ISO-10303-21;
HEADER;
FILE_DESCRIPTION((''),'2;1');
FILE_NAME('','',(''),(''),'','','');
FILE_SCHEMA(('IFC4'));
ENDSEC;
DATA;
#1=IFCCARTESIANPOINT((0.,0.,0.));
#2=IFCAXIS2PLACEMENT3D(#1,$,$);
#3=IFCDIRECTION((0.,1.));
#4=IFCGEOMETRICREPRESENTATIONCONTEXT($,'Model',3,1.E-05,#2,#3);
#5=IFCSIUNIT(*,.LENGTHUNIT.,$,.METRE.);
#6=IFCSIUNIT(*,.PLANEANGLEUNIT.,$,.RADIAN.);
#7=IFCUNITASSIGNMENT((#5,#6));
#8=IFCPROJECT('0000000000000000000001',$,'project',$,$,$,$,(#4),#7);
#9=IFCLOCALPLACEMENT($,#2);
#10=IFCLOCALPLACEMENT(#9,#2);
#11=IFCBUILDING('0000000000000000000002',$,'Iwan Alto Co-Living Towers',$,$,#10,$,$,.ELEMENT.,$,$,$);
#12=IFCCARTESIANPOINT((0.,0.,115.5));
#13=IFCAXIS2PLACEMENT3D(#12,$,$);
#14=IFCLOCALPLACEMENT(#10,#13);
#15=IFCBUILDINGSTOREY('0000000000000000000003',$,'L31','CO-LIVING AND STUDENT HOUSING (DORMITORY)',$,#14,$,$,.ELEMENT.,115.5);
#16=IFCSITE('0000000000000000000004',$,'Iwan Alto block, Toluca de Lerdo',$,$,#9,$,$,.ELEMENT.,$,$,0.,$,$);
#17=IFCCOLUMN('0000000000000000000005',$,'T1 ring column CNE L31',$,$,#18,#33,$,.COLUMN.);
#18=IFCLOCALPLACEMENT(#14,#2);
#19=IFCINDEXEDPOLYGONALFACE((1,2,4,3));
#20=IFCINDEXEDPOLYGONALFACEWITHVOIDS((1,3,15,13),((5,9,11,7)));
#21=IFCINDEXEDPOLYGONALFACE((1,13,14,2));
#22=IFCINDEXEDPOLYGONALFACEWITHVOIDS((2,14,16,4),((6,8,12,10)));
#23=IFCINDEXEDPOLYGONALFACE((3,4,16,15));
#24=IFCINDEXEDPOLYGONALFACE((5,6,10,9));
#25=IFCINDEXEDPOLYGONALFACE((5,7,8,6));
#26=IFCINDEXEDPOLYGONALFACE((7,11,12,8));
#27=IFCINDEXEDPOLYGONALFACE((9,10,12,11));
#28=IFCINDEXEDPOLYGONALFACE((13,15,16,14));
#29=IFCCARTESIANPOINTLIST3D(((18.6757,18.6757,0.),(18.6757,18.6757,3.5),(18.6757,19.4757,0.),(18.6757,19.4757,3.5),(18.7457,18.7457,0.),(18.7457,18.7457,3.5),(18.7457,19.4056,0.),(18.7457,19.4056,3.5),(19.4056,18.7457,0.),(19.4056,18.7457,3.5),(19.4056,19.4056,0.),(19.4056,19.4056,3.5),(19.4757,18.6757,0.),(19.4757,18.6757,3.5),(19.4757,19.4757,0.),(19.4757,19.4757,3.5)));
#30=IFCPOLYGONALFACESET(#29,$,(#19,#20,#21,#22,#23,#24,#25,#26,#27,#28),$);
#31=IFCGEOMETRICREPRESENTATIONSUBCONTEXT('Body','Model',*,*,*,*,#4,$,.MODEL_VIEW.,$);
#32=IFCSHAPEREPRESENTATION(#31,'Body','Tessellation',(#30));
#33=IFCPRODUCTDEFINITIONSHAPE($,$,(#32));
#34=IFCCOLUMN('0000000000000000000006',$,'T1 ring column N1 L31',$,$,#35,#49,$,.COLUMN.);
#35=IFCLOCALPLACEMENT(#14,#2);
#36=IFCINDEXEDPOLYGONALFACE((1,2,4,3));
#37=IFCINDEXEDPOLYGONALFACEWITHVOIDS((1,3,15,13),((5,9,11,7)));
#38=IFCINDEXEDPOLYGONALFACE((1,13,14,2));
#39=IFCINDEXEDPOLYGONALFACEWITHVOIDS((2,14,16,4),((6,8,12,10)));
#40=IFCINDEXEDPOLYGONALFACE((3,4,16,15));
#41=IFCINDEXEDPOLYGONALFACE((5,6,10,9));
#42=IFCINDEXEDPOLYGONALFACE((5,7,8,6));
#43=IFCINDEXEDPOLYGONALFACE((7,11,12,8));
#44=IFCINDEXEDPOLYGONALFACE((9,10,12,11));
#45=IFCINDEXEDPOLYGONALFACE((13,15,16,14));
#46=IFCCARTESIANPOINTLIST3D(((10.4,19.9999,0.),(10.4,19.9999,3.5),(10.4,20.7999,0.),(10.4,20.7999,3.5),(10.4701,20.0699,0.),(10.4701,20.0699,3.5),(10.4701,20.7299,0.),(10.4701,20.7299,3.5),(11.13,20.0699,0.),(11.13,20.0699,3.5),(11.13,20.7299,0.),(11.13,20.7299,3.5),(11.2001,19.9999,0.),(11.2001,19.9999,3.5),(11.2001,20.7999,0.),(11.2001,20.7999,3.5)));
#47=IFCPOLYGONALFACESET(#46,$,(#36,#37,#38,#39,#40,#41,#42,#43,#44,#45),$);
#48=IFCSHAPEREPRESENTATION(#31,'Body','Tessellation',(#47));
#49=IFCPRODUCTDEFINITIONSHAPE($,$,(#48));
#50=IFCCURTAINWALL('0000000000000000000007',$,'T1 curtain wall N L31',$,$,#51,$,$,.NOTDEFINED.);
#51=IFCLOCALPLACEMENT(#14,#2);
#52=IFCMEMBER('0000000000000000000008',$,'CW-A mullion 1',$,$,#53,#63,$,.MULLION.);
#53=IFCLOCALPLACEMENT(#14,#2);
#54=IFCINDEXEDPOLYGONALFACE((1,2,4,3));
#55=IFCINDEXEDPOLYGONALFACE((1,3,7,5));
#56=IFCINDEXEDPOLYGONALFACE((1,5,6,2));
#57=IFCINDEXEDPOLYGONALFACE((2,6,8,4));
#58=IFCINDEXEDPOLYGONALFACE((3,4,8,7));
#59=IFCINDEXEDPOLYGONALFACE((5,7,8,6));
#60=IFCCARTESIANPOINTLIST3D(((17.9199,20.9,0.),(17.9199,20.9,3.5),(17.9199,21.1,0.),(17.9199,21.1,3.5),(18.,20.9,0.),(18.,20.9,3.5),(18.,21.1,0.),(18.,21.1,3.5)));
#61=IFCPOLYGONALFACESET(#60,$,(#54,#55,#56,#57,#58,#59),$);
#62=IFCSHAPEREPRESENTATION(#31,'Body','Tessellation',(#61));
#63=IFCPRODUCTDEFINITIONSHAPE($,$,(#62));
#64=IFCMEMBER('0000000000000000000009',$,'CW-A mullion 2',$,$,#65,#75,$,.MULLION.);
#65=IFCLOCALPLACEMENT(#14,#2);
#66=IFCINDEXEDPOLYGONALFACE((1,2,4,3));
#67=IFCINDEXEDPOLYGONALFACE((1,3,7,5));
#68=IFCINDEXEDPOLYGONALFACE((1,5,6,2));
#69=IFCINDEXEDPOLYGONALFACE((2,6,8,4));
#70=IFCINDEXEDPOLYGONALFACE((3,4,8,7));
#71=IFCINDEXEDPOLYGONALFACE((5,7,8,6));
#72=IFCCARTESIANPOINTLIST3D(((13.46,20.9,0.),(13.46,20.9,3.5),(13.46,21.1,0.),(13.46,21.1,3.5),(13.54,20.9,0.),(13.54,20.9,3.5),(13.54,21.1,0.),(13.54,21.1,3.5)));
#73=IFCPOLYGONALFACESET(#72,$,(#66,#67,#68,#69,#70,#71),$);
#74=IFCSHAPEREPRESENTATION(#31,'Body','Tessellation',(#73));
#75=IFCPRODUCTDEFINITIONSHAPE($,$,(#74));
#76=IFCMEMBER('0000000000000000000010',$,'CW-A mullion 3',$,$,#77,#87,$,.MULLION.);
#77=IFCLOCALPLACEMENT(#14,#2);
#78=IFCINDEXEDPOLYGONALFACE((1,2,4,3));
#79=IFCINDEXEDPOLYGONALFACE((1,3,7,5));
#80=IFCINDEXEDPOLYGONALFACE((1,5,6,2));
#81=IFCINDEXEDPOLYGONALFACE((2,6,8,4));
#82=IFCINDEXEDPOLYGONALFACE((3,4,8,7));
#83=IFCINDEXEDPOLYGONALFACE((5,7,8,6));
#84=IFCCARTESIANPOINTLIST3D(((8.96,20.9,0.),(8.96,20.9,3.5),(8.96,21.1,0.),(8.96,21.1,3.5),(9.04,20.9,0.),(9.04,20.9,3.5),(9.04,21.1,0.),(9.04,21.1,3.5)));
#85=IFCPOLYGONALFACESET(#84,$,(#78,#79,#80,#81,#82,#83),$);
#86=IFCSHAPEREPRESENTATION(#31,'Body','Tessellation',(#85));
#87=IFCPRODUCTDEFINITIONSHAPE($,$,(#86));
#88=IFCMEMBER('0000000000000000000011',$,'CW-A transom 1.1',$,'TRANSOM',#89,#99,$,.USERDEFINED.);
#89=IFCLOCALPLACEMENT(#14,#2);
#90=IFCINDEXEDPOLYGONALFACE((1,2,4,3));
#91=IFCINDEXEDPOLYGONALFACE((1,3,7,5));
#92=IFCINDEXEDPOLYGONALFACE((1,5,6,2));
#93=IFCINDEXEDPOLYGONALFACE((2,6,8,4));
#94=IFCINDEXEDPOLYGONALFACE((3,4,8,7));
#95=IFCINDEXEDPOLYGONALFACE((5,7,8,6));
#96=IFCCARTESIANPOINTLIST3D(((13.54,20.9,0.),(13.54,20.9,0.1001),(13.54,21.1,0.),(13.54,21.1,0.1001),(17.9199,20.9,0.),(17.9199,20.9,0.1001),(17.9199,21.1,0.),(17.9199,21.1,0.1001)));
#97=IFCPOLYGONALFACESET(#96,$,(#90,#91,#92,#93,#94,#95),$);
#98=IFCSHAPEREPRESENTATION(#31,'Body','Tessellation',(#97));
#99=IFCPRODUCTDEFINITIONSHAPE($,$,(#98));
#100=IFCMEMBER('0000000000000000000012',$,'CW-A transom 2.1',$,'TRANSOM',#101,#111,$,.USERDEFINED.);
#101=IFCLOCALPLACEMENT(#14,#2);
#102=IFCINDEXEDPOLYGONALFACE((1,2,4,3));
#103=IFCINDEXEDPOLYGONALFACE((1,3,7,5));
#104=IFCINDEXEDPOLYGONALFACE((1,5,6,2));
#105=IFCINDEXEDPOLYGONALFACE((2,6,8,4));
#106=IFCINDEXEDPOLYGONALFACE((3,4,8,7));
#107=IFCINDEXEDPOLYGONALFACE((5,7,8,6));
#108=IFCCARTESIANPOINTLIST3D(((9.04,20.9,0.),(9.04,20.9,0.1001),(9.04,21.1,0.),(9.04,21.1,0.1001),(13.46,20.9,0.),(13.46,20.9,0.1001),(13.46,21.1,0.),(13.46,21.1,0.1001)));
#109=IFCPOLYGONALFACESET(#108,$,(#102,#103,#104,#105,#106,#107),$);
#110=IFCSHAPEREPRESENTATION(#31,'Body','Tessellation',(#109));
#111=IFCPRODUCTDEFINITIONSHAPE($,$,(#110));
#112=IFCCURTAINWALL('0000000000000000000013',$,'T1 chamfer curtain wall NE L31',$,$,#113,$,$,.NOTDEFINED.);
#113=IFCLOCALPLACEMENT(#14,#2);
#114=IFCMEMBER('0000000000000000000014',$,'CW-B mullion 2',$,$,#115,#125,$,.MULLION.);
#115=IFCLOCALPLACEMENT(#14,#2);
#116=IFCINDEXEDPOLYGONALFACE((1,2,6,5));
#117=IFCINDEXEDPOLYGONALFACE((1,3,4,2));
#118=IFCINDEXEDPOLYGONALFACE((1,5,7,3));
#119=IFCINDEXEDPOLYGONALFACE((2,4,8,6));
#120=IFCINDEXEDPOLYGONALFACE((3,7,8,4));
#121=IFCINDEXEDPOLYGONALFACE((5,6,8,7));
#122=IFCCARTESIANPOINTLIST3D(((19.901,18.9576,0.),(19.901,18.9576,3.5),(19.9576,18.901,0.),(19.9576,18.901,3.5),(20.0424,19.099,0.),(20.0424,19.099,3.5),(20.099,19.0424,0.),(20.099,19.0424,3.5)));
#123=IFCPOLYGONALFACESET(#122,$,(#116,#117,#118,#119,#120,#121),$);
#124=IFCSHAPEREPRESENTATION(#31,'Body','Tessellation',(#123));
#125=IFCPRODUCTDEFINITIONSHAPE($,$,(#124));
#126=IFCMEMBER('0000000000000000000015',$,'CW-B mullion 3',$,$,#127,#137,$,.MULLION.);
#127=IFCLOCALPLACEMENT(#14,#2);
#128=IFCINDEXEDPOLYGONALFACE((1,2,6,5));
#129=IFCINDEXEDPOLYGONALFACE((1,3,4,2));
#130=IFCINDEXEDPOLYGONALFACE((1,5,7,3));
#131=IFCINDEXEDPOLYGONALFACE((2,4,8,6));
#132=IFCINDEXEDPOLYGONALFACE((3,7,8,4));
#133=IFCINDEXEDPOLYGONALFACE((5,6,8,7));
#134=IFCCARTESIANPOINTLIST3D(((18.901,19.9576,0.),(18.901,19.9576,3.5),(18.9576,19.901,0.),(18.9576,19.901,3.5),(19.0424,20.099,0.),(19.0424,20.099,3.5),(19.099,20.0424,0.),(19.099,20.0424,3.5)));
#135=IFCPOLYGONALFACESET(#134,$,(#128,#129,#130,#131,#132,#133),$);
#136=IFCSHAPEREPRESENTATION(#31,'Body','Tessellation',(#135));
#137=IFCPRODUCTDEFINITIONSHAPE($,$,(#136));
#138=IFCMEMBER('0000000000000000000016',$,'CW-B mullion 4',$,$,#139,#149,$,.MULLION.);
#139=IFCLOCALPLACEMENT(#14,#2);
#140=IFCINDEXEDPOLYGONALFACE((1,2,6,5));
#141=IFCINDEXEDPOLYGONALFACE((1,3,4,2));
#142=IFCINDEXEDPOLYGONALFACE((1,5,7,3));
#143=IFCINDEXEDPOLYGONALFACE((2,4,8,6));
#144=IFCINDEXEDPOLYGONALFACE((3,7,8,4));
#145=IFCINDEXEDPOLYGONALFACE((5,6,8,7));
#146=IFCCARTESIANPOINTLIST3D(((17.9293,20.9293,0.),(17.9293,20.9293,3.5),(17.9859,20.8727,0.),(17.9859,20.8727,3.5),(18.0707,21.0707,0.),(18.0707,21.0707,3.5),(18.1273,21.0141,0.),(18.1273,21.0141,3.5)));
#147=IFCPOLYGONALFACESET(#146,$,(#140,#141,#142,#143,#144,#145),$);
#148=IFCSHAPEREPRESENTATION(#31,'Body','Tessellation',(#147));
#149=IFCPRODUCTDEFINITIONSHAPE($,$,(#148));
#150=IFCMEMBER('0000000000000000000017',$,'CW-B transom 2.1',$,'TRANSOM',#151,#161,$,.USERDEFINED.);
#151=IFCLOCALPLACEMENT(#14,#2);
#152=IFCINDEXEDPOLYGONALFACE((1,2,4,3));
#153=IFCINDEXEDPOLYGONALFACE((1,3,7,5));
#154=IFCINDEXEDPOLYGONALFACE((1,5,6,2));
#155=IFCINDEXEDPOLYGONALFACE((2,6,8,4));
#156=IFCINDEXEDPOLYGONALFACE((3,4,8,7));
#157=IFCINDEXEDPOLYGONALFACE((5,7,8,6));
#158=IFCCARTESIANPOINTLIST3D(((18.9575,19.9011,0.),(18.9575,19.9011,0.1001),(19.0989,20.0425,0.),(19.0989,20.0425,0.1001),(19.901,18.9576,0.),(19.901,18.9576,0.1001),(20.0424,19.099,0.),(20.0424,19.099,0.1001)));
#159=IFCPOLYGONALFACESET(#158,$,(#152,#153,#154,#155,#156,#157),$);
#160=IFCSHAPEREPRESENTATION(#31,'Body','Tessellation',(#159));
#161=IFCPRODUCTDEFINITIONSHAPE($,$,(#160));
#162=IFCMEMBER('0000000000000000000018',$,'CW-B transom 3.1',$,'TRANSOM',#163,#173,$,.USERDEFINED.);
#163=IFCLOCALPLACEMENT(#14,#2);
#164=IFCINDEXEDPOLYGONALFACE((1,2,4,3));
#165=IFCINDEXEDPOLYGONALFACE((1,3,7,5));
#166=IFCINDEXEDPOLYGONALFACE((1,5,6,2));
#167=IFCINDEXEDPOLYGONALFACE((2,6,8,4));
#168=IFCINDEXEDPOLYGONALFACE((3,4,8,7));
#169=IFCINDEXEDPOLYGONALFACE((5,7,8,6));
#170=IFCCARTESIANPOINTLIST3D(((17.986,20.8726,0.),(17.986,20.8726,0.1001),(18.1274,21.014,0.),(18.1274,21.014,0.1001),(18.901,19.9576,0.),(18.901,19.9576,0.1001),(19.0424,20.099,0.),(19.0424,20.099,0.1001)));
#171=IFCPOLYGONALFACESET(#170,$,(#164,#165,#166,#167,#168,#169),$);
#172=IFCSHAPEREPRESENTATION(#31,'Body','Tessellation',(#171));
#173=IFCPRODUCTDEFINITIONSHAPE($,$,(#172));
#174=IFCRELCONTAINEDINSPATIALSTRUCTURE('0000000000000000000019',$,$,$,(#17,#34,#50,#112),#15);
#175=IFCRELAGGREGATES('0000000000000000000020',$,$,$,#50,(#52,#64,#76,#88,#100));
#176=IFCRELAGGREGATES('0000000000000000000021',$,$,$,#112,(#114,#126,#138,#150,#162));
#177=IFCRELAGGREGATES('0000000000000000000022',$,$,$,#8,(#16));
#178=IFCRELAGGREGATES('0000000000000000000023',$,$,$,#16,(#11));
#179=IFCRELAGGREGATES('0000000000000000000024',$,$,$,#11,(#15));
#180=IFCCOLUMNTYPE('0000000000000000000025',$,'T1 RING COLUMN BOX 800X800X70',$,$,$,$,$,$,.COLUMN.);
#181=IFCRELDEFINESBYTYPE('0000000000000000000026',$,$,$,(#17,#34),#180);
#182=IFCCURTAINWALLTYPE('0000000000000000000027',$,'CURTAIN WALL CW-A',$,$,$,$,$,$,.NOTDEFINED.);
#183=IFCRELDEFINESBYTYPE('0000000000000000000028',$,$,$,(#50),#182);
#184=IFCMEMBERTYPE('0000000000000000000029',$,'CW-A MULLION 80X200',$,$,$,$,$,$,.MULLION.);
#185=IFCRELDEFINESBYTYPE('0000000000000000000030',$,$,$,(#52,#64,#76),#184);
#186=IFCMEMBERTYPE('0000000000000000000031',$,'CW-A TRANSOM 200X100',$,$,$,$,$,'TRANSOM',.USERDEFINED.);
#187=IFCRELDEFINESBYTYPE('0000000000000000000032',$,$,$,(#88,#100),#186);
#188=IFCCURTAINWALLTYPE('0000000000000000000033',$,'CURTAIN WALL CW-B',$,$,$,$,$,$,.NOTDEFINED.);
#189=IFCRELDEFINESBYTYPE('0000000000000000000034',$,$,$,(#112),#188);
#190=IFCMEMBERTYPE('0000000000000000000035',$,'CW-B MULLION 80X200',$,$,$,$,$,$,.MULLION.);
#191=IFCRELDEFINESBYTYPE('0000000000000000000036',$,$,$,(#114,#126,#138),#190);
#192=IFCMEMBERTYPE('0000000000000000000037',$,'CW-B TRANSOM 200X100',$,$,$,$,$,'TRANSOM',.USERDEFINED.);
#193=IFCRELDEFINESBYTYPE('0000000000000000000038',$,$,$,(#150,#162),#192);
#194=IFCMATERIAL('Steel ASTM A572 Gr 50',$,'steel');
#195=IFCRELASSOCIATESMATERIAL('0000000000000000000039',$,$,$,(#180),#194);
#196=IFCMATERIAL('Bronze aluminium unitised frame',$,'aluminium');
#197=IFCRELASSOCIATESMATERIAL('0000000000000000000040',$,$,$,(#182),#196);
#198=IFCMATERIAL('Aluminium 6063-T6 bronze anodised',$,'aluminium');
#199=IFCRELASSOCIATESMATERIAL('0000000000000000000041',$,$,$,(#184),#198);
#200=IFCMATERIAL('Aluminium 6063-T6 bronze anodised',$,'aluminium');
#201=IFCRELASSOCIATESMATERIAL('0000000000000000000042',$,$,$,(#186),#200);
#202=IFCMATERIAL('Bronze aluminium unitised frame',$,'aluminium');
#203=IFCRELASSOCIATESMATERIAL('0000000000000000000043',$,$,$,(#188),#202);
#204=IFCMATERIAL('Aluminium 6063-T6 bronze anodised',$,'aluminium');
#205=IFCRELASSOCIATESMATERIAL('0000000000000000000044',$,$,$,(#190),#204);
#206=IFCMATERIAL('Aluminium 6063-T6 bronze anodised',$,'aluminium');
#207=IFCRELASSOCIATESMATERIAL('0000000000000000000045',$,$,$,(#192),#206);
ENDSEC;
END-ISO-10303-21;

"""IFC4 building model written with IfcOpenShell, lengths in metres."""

from ifc_helpers import new_model, si_unit, direction, frame, origin, origin_2d, place, context, subcontext, project, spatial, rectangle, hollow_rectangle, extrude, material, material_profile, profile_set, type_object, element, aggregate, save


model = new_model("IFC4")

# Units and contexts
model_context = context("Model", 3, precision=1e-05, world=origin(), true_north=direction((0.0, 1.0)))
body_context = subcontext(model_context, "Body", "Model", "MODEL_VIEW")
ifc_project = project(units=[si_unit("LENGTHUNIT", "METRE"), si_unit("PLANEANGLEUNIT", "RADIAN")], contexts=[model_context])

# Site, building, storey
site_placement = place(None, origin())
site = spatial("IfcSite", under=ifc_project, at=site_placement, Name="Iwan Alto block, Toluca de Lerdo", CompositionType="ELEMENT", RefElevation=0.0)
building_placement = place(site_placement, origin())
building = spatial("IfcBuilding", under=site, at=building_placement, Name="Iwan Alto Co-Living Towers", CompositionType="ELEMENT")
storey_placement = place(building_placement, frame((0.0, 0.0, 115.5)))
storey = spatial("IfcBuildingStorey", under=building, at=storey_placement, Name="L31", Description="CO-LIVING AND STUDENT HOUSING (DORMITORY)", CompositionType="ELEMENT", Elevation=115.5)

# Columns
ifc_material_1 = material(Name="Steel ASTM A572 Gr 50", Category="steel")
ifc_material_profile_1 = material_profile(ifc_material_1, hollow_rectangle(XDim=0.8, YDim=0.8, WallThickness=0.0701, at=origin_2d()), Name="BOX 800X800X70")
ifc_profile_set_1 = profile_set([ifc_material_profile_1], Name="Steel ASTM A572 Gr 50")
column_type = type_object("IfcColumnType", Name="T1 RING COLUMN BOX 800X800X70", PredefinedType="COLUMN", material=ifc_profile_set_1)
for number, where, z_axis, x_axis, name in (
    (1, (19.0757, 19.0757, 0.0), (0.0, 0.0, 1.0), (1.0, 0.0, 0.0), "T1 ring column CNE L31"),
    (2, (10.8, 20.3999, 0.0), (0.0, 0.0, 1.0), (1.0, 0.0, 0.0), "T1 ring column N1 L31"),
):
    element("IfcColumn", number, at=place(storey_placement, frame(where, z_axis=z_axis, x_axis=x_axis)), inside=storey, type_object=column_type, Name=name, PredefinedType="COLUMN", context=body_context, shape_type="SweptSolid", body=[
        extrude(hollow_rectangle(XDim=0.8, YDim=0.8, WallThickness=0.0701, at=origin_2d()), origin(), (0.0, 0.0, 1.0), 3.5),
    ])

# Curtain walls, members
ifc_material_2 = material(Name="Bronze aluminium unitised frame", Category="aluminium")
curtain_wall_type_1 = type_object("IfcCurtainWallType", Name="CURTAIN WALL CW-A", PredefinedType="NOTDEFINED", material=ifc_material_2)
curtain_wall_1_placement = place(storey_placement, origin())
curtain_wall_1 = element("IfcCurtainWall", 3, at=curtain_wall_1_placement, inside=storey, type_object=curtain_wall_type_1, Name="T1 curtain wall N L31", PredefinedType="NOTDEFINED")
ifc_material_3 = material(Name="Aluminium 6063-T6 bronze anodised", Category="aluminium")
ifc_material_profile_2 = material_profile(ifc_material_3, rectangle(XDim=0.2, YDim=0.0801, at=origin_2d()), Name="AL 80X200")
ifc_profile_set_2 = profile_set([ifc_material_profile_2], Name="Aluminium 6063-T6 bronze anodised")
member_type_1 = type_object("IfcMemberType", Name="CW-A MULLION 80X200", PredefinedType="MULLION", material=ifc_profile_set_2)
member_1_placement = place(storey_placement, frame((17.96, 21.0, 0.0), z_axis=(0.0, 0.0, 1.0), x_axis=(0.0, -1.0, 0.0)))
member_1 = element("IfcMember", 4, at=member_1_placement, type_object=member_type_1, Name="CW-A mullion 1", PredefinedType="MULLION", context=body_context, shape_type="SweptSolid", body=[
    extrude(rectangle(XDim=0.2, YDim=0.0801, at=origin_2d()), origin(), (0.0, 0.0, 1.0), 3.5),
])
member_2_placement = place(storey_placement, frame((13.5, 21.0, 0.0), z_axis=(0.0, 0.0, 1.0), x_axis=(0.0, -1.0, 0.0)))
member_2 = element("IfcMember", 5, at=member_2_placement, type_object=member_type_1, Name="CW-A mullion 2", PredefinedType="MULLION", context=body_context, shape_type="SweptSolid", body=[
    extrude(rectangle(XDim=0.2, YDim=0.0801, at=origin_2d()), origin(), (0.0, 0.0, 1.0), 3.5),
])
member_3_placement = place(storey_placement, frame((9.0, 21.0, 0.0), z_axis=(0.0, 0.0, 1.0), x_axis=(0.0, -1.0, 0.0)))
member_3 = element("IfcMember", 6, at=member_3_placement, type_object=member_type_1, Name="CW-A mullion 3", PredefinedType="MULLION", context=body_context, shape_type="SweptSolid", body=[
    extrude(rectangle(XDim=0.2, YDim=0.0801, at=origin_2d()), origin(), (0.0, 0.0, 1.0), 3.5),
])
ifc_material_4 = material(Name="Aluminium 6063-T6 bronze anodised", Category="aluminium")
ifc_material_profile_3 = material_profile(ifc_material_4, rectangle(XDim=0.2, YDim=0.1001, at=origin_2d()), Name="AL 200X100")
ifc_profile_set_3 = profile_set([ifc_material_profile_3], Name="Aluminium 6063-T6 bronze anodised")
member_type_2 = type_object("IfcMemberType", Name="CW-A TRANSOM 200X100", ElementType="TRANSOM", PredefinedType="USERDEFINED", material=ifc_profile_set_3)
member_4_placement = place(storey_placement, frame((17.9199, 21.0, 0.05), z_axis=(-1.0, 0.0, 0.0), x_axis=(0.0, -1.0, 0.0)))
member_4 = element("IfcMember", 7, at=member_4_placement, type_object=member_type_2, Name="CW-A transom 1.1", ObjectType="TRANSOM", PredefinedType="USERDEFINED", context=body_context, shape_type="SweptSolid", body=[
    extrude(rectangle(XDim=0.2, YDim=0.1001, at=origin_2d()), origin(), (0.0, 0.0, 1.0), 4.3799),
])
member_5_placement = place(storey_placement, frame((13.46, 21.0, 0.05), z_axis=(-1.0, 0.0, 0.0), x_axis=(0.0, -1.0, 0.0)))
member_5 = element("IfcMember", 8, at=member_5_placement, type_object=member_type_2, Name="CW-A transom 2.1", ObjectType="TRANSOM", PredefinedType="USERDEFINED", context=body_context, shape_type="SweptSolid", body=[
    extrude(rectangle(XDim=0.2, YDim=0.1001, at=origin_2d()), origin(), (0.0, 0.0, 1.0), 4.4199),
])
ifc_material_5 = material(Name="Bronze aluminium unitised frame", Category="aluminium")
curtain_wall_type_2 = type_object("IfcCurtainWallType", Name="CURTAIN WALL CW-B", PredefinedType="NOTDEFINED", material=ifc_material_5)
curtain_wall_2_placement = place(storey_placement, origin())
curtain_wall_2 = element("IfcCurtainWall", 9, at=curtain_wall_2_placement, inside=storey, type_object=curtain_wall_type_2, Name="T1 chamfer curtain wall NE L31", PredefinedType="NOTDEFINED")
ifc_material_6 = material(Name="Aluminium 6063-T6 bronze anodised", Category="aluminium")
ifc_material_profile_4 = material_profile(ifc_material_6, rectangle(XDim=0.2, YDim=0.0801, at=origin_2d()), Name="AL 80X200")
ifc_profile_set_4 = profile_set([ifc_material_profile_4], Name="Aluminium 6063-T6 bronze anodised")
member_type_3 = type_object("IfcMemberType", Name="CW-B MULLION 80X200", PredefinedType="MULLION", material=ifc_profile_set_4)
member_6_placement = place(storey_placement, frame((20.0, 19.0, 0.0), z_axis=(0.0, 0.0, 1.0), x_axis=(-0.707107, -0.707107, 0.0)))
member_6 = element("IfcMember", 10, at=member_6_placement, type_object=member_type_3, Name="CW-B mullion 2", PredefinedType="MULLION", context=body_context, shape_type="SweptSolid", body=[
    extrude(rectangle(XDim=0.2, YDim=0.0801, at=origin_2d()), origin(), (0.0, 0.0, 1.0), 3.5),
])
member_7_placement = place(storey_placement, frame((19.0, 20.0, 0.0), z_axis=(0.0, 0.0, 1.0), x_axis=(-0.707107, -0.707107, 0.0)))
member_7 = element("IfcMember", 11, at=member_7_placement, type_object=member_type_3, Name="CW-B mullion 3", PredefinedType="MULLION", context=body_context, shape_type="SweptSolid", body=[
    extrude(rectangle(XDim=0.2, YDim=0.0801, at=origin_2d()), origin(), (0.0, 0.0, 1.0), 3.5),
])
member_8_placement = place(storey_placement, frame((18.0283, 20.9717, 0.0), z_axis=(0.0, 0.0, 1.0), x_axis=(-0.707107, -0.707107, 0.0)))
member_8 = element("IfcMember", 12, at=member_8_placement, type_object=member_type_3, Name="CW-B mullion 4", PredefinedType="MULLION", context=body_context, shape_type="SweptSolid", body=[
    extrude(rectangle(XDim=0.2, YDim=0.0801, at=origin_2d()), origin(), (0.0, 0.0, 1.0), 3.5),
])
ifc_material_7 = material(Name="Aluminium 6063-T6 bronze anodised", Category="aluminium")
ifc_material_profile_5 = material_profile(ifc_material_7, rectangle(XDim=0.2, YDim=0.1001, at=origin_2d()), Name="AL 200X100")
ifc_profile_set_5 = profile_set([ifc_material_profile_5], Name="Aluminium 6063-T6 bronze anodised")
member_type_4 = type_object("IfcMemberType", Name="CW-B TRANSOM 200X100", ElementType="TRANSOM", PredefinedType="USERDEFINED", material=ifc_profile_set_5)
member_9_placement = place(storey_placement, frame((19.9717, 19.0283, 0.05), z_axis=(-0.707107, 0.707107, 0.0), x_axis=(-0.707107, -0.707107, 0.0)))
member_9 = element("IfcMember", 13, at=member_9_placement, type_object=member_type_4, Name="CW-B transom 2.1", ObjectType="TRANSOM", PredefinedType="USERDEFINED", context=body_context, shape_type="SweptSolid", body=[
    extrude(rectangle(XDim=0.2, YDim=0.1001, at=origin_2d()), origin(), (0.0, 0.0, 1.0), 1.3342),
])
member_10_placement = place(storey_placement, frame((18.9717, 20.0283, 0.05), z_axis=(-0.707107, 0.707107, 0.0), x_axis=(-0.707107, -0.707107, 0.0)))
member_10 = element("IfcMember", 14, at=member_10_placement, type_object=member_type_4, Name="CW-B transom 3.1", ObjectType="TRANSOM", PredefinedType="USERDEFINED", context=body_context, shape_type="SweptSolid", body=[
    extrude(rectangle(XDim=0.2, YDim=0.1001, at=origin_2d()), origin(), (0.0, 0.0, 1.0), 1.2939),
])

aggregate(curtain_wall_1, [member_1, member_2, member_3, member_4, member_5])
aggregate(curtain_wall_2, [member_6, member_7, member_8, member_9, member_10])

save(model, "model.ifc")
